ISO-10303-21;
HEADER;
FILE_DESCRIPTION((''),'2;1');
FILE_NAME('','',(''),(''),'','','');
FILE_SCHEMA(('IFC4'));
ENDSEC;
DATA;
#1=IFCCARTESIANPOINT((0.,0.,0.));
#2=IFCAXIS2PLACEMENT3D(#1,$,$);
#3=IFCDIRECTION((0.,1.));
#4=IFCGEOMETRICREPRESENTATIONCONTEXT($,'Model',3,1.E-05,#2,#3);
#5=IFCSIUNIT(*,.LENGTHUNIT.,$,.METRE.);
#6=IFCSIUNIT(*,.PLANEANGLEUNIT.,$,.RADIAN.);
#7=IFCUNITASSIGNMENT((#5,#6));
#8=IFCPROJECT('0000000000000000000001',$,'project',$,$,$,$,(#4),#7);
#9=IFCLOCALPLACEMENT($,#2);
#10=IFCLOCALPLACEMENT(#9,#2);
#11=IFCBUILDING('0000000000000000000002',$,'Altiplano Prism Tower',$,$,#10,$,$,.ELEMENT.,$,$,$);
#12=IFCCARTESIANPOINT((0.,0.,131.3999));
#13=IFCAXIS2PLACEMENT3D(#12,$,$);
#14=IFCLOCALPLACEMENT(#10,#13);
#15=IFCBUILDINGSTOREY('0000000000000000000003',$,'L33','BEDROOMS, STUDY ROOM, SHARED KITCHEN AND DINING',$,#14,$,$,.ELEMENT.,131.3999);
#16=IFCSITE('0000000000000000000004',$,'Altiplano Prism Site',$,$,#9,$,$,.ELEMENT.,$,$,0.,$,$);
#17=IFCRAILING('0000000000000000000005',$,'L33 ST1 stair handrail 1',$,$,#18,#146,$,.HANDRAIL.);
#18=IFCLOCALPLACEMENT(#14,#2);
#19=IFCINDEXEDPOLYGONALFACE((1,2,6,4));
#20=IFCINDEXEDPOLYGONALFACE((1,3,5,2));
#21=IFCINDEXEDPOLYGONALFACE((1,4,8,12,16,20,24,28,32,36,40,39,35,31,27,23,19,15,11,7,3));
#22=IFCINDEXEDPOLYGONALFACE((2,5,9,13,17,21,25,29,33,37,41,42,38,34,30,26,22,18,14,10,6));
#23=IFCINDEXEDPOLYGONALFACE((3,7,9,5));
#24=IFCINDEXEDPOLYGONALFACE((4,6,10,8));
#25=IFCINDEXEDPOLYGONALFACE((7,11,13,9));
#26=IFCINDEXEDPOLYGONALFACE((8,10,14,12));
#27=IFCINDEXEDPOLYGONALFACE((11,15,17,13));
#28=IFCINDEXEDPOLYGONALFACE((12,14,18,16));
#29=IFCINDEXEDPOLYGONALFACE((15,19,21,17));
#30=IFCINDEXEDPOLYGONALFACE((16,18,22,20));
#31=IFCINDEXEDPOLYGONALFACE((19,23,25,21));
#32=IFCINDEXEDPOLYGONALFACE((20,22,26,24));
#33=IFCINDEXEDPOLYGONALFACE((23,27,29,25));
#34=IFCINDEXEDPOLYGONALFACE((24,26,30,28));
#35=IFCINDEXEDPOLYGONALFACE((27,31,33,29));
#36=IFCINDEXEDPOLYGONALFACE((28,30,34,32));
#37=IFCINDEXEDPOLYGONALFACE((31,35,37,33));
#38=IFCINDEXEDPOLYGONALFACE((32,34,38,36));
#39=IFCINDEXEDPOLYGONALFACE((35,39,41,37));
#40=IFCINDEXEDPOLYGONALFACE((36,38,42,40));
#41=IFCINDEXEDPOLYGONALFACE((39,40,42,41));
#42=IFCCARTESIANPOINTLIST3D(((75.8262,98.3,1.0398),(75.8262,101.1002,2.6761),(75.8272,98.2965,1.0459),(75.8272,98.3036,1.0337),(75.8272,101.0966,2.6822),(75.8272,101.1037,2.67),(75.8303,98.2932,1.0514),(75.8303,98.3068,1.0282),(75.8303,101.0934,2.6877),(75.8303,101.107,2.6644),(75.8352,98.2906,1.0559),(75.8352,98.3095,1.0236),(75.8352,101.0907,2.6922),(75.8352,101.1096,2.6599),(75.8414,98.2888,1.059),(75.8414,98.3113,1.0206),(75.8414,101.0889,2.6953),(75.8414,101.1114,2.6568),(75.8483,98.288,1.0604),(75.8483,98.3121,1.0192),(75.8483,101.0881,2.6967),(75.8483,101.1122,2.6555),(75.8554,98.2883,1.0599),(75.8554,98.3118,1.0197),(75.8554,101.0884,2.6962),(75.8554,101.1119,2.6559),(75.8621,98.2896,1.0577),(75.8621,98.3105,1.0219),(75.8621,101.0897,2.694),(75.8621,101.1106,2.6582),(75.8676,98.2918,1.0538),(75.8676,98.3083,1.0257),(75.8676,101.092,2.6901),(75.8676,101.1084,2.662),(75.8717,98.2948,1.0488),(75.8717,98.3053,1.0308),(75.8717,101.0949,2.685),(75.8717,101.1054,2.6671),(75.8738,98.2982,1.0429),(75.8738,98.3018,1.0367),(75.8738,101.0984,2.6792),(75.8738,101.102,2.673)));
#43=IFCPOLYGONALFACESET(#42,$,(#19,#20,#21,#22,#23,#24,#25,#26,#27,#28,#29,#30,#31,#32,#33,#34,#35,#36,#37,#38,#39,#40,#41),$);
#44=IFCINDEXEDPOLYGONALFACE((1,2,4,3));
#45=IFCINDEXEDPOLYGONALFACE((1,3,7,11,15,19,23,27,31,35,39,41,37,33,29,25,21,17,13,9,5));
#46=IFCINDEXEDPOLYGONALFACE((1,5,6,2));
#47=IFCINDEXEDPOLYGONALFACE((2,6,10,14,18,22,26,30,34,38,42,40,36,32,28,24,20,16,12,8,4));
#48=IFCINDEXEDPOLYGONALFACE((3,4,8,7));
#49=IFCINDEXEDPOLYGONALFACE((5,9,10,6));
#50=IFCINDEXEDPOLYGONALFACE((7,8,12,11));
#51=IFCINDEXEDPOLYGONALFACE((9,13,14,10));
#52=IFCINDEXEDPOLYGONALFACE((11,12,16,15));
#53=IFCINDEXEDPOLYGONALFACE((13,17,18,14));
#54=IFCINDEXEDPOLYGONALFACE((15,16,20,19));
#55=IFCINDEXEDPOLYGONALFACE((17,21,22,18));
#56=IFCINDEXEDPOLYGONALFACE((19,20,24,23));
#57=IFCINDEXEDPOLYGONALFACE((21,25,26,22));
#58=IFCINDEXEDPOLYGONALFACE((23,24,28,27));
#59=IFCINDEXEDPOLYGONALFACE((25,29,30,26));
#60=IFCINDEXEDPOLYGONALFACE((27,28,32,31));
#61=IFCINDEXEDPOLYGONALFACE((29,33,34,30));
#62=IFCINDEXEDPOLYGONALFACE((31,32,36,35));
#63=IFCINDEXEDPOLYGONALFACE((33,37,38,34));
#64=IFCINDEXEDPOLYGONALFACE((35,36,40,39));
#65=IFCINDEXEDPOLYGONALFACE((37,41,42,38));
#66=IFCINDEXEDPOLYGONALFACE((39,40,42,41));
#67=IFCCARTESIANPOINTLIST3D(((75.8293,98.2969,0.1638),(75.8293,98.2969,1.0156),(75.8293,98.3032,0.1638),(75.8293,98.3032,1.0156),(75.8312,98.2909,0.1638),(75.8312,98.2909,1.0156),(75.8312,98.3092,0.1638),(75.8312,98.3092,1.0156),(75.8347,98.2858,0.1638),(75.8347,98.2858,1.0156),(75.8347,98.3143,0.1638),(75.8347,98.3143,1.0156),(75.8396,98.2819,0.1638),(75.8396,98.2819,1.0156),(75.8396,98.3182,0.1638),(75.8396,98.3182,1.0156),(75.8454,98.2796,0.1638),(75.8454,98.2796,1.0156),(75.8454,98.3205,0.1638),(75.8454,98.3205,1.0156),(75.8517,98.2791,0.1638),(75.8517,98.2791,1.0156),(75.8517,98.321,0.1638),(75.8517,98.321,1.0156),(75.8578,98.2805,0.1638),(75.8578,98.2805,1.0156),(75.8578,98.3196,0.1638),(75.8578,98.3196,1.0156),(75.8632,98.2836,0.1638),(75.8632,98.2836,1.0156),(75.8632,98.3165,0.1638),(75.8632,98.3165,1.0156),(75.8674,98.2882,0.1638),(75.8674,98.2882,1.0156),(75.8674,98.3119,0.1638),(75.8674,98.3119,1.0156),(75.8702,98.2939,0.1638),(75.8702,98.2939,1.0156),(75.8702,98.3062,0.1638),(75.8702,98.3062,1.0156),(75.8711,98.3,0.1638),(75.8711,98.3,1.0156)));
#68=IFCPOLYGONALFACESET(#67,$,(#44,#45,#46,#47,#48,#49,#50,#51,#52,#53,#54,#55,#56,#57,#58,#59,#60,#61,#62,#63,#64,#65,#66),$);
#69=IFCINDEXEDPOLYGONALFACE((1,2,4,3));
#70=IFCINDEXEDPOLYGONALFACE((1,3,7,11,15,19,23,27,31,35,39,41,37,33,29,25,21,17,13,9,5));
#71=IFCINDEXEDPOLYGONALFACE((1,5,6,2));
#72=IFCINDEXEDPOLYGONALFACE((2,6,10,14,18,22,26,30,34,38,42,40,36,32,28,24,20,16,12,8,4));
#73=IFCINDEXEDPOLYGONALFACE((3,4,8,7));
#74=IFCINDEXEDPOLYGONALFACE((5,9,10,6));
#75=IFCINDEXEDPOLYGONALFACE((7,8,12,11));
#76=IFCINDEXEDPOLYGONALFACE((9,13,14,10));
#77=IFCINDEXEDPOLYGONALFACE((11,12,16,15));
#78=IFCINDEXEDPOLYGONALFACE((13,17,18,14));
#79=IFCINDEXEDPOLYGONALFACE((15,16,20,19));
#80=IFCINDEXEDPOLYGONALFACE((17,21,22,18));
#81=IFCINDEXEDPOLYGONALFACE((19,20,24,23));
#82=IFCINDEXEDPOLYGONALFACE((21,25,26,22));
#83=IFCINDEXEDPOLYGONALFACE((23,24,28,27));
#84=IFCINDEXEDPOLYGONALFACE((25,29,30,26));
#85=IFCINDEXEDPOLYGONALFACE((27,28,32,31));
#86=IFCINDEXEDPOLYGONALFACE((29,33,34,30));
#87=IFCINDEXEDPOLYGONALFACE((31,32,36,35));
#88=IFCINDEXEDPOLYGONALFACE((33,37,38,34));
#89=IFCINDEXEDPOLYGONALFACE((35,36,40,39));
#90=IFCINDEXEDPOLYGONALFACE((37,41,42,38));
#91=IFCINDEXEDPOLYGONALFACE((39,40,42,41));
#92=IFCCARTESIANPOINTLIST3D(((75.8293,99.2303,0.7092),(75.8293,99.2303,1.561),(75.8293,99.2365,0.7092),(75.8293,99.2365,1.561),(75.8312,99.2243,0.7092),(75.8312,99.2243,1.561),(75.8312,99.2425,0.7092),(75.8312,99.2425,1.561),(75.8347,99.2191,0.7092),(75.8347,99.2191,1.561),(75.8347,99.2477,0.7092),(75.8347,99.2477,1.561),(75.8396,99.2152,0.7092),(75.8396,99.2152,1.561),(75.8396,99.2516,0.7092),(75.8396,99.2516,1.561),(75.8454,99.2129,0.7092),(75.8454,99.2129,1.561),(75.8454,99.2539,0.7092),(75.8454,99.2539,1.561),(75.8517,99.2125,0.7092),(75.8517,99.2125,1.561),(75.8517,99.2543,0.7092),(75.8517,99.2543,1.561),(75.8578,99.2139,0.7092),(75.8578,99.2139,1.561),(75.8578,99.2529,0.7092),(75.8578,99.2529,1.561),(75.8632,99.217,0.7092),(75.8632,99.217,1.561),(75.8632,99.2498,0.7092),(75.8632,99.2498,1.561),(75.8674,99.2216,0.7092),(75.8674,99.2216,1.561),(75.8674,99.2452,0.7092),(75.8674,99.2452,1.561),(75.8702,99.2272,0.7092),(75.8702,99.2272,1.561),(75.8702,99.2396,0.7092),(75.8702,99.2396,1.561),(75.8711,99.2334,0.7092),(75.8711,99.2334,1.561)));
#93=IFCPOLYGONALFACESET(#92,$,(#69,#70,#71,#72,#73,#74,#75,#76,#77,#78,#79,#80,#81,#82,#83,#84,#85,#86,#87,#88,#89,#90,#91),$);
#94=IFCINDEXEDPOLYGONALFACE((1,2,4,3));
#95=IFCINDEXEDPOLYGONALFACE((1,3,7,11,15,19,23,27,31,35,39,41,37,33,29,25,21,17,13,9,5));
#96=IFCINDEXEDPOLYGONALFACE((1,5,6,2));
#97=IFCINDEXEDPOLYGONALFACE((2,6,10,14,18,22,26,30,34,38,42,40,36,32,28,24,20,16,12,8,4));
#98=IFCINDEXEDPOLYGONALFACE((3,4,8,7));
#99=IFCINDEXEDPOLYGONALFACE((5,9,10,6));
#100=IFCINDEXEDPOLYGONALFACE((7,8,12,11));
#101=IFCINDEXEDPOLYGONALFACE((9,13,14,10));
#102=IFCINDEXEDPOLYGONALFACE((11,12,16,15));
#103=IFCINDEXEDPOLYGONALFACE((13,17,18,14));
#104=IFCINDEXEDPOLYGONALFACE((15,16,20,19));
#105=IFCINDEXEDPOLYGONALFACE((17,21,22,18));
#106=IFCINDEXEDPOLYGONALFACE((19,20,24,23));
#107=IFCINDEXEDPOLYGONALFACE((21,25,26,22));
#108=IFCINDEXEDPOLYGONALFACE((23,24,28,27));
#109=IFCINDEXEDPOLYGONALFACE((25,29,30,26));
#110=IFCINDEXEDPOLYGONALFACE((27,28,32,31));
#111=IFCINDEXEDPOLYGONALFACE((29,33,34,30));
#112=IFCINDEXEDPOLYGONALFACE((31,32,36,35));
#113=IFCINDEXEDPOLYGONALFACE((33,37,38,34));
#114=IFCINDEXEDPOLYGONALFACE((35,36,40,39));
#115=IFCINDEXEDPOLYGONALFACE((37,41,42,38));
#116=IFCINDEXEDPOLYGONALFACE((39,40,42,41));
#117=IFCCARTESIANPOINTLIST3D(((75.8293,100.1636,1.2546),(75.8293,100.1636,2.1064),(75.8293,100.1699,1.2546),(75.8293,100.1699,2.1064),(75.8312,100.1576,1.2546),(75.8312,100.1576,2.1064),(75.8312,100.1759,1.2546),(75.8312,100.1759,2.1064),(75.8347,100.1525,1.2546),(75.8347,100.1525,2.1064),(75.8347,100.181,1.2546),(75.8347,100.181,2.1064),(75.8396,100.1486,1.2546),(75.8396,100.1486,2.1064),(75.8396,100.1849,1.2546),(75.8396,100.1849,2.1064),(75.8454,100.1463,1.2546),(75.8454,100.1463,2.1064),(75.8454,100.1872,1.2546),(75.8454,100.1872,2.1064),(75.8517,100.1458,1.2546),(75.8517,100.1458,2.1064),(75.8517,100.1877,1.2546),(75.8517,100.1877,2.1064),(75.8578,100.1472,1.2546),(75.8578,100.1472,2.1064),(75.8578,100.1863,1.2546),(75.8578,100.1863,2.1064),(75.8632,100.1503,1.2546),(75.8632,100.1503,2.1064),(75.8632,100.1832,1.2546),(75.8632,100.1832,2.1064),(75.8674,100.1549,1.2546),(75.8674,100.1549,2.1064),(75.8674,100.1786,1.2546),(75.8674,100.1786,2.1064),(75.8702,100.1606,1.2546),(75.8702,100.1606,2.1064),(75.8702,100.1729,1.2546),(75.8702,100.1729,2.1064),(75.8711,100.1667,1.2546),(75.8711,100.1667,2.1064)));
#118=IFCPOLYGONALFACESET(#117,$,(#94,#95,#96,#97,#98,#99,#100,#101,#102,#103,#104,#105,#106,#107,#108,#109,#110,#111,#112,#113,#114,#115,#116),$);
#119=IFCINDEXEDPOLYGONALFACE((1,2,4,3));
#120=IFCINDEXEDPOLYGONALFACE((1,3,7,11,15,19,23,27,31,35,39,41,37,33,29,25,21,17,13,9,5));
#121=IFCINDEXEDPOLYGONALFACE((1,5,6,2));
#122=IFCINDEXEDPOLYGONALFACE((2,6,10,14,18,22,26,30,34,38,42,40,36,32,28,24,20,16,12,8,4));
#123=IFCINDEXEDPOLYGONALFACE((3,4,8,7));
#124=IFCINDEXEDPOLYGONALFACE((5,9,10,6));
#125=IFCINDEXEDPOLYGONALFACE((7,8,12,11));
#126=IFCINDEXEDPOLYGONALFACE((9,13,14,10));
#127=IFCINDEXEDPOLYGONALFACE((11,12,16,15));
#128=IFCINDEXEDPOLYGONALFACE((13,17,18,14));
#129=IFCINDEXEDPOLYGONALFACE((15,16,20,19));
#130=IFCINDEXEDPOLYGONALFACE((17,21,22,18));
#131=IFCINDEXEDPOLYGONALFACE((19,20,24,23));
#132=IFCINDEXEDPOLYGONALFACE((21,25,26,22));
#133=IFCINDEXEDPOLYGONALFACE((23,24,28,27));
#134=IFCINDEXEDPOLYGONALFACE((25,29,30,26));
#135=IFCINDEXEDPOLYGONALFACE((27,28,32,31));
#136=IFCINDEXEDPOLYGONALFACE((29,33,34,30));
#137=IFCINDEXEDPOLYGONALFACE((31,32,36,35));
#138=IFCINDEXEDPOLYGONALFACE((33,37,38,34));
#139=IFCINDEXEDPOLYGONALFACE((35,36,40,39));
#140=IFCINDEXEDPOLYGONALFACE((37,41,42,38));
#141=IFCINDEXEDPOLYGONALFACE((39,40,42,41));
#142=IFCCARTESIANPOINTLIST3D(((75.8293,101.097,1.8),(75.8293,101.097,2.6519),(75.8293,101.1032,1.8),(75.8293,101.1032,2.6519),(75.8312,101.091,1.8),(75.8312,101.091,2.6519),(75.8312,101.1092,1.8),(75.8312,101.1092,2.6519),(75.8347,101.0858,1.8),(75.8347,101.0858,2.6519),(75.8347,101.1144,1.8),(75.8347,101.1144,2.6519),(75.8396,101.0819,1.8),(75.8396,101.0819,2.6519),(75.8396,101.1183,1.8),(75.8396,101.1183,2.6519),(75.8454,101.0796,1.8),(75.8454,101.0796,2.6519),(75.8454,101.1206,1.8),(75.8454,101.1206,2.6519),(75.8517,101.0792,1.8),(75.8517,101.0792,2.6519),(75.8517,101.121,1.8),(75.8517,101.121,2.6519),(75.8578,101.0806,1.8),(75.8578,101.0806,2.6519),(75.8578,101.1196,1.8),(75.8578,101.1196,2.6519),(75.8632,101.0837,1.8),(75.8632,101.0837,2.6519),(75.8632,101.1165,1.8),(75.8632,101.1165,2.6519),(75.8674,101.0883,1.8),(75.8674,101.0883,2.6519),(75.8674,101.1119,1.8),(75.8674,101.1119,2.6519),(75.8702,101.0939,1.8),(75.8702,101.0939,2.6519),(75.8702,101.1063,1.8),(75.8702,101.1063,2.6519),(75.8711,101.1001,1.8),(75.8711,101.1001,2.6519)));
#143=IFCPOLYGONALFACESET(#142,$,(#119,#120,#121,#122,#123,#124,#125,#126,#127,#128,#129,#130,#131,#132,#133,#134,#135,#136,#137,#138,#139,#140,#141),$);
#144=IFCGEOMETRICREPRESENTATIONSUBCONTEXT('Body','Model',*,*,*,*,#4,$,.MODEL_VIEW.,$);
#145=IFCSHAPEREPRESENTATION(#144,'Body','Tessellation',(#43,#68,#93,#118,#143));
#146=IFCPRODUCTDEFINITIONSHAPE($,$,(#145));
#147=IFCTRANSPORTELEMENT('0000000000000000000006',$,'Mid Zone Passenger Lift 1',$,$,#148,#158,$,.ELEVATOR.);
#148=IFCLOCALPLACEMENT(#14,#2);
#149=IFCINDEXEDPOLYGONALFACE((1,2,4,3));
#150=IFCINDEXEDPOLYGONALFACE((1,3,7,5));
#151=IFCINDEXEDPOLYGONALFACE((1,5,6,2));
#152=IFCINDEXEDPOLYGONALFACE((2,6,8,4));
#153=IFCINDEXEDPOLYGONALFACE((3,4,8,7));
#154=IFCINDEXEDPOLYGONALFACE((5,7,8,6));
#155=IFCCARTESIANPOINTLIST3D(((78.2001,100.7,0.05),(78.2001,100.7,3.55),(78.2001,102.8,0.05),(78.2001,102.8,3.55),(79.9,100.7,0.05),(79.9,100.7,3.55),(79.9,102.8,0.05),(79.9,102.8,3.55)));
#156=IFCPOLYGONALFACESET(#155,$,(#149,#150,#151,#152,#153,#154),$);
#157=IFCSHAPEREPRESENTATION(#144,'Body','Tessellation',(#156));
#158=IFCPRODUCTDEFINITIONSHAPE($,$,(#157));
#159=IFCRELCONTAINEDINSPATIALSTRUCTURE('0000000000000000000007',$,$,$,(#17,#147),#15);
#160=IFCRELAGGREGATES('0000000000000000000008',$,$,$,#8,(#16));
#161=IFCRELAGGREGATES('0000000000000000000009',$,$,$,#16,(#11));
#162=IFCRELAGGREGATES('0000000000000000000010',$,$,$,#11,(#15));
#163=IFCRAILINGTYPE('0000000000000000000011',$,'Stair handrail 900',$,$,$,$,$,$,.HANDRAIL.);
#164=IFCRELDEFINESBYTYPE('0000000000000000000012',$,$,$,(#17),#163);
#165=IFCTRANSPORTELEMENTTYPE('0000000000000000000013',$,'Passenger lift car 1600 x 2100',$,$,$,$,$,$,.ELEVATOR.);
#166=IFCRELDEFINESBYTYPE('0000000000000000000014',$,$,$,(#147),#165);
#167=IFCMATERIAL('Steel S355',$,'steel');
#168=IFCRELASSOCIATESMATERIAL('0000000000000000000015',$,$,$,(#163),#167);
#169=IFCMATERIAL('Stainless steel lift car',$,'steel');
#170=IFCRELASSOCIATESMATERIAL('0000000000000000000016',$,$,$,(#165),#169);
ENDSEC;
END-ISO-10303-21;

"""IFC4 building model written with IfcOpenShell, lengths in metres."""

from ifc_helpers import new_model, si_unit, direction, frame, origin, origin_2d, place, context, subcontext, project, spatial, rectangle, circle, extrude, material, type_object, element, save


model = new_model("IFC4")

# Units and contexts
model_context = context("Model", 3, precision=1e-05, world=origin(), true_north=direction((0.0, 1.0)))
body_context = subcontext(model_context, "Body", "Model", "MODEL_VIEW")
ifc_project = project(units=[si_unit("LENGTHUNIT", "METRE"), si_unit("PLANEANGLEUNIT", "RADIAN")], contexts=[model_context])

# Site, building, storey
site_placement = place(None, origin())
site = spatial("IfcSite", under=ifc_project, at=site_placement, Name="Altiplano Prism Site", CompositionType="ELEMENT", RefElevation=0.0)
building_placement = place(site_placement, origin())
building = spatial("IfcBuilding", under=site, at=building_placement, Name="Altiplano Prism Tower", CompositionType="ELEMENT")
storey_placement = place(building_placement, frame((0.0, 0.0, 131.3999)))
storey = spatial("IfcBuildingStorey", under=building, at=storey_placement, Name="L33", Description="BEDROOMS, STUDY ROOM, SHARED KITCHEN AND DINING", CompositionType="ELEMENT", Elevation=131.3999)

# Railing
ifc_material_1 = material(Name="Steel S355", Category="steel")
railing_type = type_object("IfcRailingType", Name="Stair handrail 900", PredefinedType="HANDRAIL", material=ifc_material_1)
railing_placement = place(storey_placement, frame((75.8501, 98.3, 0.1638)))
element("IfcRailing", 1, at=railing_placement, inside=storey, type_object=railing_type, Name="L33 ST1 stair handrail 1", PredefinedType="HANDRAIL", context=body_context, shape_type="SweptSolid", body=[
    extrude(circle(Radius=0.0239, at=origin_2d()), frame((0.0, 0.0, 0.876), z_axis=(0.0, 0.863394, 0.504531), x_axis=(-1.0, 0.0, 0.0)), (0.0, 0.0, 1.0), 3.2432),
    extrude(circle(Radius=0.021, at=origin_2d()), origin(), (0.0, 0.0, 1.0), 0.8518),
    extrude(circle(Radius=0.021, at=origin_2d()), frame((0.0, 0.9333, 0.5454)), (0.0, 0.0, 1.0), 0.8518),
    extrude(circle(Radius=0.021, at=origin_2d()), frame((0.0, 1.8667, 1.0908)), (0.0, 0.0, 1.0), 0.8518),
    extrude(circle(Radius=0.021, at=origin_2d()), frame((0.0, 2.8, 1.6362)), (0.0, 0.0, 1.0), 0.8518),
])

# Transport element
ifc_material_2 = material(Name="Stainless steel lift car", Category="steel")
transport_element_type = type_object("IfcTransportElementType", Name="Passenger lift car 1600 x 2100", PredefinedType="ELEVATOR", material=ifc_material_2)
transport_element_placement = place(storey_placement, frame((79.05, 101.75, 0.05), z_axis=(0.0, 0.0, 1.0), x_axis=(1.0, 0.0, 0.0)))
element("IfcTransportElement", 2, at=transport_element_placement, inside=storey, type_object=transport_element_type, Name="Mid Zone Passenger Lift 1", PredefinedType="ELEVATOR", context=body_context, shape_type="SweptSolid", body=[
    extrude(rectangle(XDim=1.7, YDim=2.1001, at=origin_2d()), origin(), (0.0, 0.0, 1.0), 3.5),
])

save(model, "model.ifc")
